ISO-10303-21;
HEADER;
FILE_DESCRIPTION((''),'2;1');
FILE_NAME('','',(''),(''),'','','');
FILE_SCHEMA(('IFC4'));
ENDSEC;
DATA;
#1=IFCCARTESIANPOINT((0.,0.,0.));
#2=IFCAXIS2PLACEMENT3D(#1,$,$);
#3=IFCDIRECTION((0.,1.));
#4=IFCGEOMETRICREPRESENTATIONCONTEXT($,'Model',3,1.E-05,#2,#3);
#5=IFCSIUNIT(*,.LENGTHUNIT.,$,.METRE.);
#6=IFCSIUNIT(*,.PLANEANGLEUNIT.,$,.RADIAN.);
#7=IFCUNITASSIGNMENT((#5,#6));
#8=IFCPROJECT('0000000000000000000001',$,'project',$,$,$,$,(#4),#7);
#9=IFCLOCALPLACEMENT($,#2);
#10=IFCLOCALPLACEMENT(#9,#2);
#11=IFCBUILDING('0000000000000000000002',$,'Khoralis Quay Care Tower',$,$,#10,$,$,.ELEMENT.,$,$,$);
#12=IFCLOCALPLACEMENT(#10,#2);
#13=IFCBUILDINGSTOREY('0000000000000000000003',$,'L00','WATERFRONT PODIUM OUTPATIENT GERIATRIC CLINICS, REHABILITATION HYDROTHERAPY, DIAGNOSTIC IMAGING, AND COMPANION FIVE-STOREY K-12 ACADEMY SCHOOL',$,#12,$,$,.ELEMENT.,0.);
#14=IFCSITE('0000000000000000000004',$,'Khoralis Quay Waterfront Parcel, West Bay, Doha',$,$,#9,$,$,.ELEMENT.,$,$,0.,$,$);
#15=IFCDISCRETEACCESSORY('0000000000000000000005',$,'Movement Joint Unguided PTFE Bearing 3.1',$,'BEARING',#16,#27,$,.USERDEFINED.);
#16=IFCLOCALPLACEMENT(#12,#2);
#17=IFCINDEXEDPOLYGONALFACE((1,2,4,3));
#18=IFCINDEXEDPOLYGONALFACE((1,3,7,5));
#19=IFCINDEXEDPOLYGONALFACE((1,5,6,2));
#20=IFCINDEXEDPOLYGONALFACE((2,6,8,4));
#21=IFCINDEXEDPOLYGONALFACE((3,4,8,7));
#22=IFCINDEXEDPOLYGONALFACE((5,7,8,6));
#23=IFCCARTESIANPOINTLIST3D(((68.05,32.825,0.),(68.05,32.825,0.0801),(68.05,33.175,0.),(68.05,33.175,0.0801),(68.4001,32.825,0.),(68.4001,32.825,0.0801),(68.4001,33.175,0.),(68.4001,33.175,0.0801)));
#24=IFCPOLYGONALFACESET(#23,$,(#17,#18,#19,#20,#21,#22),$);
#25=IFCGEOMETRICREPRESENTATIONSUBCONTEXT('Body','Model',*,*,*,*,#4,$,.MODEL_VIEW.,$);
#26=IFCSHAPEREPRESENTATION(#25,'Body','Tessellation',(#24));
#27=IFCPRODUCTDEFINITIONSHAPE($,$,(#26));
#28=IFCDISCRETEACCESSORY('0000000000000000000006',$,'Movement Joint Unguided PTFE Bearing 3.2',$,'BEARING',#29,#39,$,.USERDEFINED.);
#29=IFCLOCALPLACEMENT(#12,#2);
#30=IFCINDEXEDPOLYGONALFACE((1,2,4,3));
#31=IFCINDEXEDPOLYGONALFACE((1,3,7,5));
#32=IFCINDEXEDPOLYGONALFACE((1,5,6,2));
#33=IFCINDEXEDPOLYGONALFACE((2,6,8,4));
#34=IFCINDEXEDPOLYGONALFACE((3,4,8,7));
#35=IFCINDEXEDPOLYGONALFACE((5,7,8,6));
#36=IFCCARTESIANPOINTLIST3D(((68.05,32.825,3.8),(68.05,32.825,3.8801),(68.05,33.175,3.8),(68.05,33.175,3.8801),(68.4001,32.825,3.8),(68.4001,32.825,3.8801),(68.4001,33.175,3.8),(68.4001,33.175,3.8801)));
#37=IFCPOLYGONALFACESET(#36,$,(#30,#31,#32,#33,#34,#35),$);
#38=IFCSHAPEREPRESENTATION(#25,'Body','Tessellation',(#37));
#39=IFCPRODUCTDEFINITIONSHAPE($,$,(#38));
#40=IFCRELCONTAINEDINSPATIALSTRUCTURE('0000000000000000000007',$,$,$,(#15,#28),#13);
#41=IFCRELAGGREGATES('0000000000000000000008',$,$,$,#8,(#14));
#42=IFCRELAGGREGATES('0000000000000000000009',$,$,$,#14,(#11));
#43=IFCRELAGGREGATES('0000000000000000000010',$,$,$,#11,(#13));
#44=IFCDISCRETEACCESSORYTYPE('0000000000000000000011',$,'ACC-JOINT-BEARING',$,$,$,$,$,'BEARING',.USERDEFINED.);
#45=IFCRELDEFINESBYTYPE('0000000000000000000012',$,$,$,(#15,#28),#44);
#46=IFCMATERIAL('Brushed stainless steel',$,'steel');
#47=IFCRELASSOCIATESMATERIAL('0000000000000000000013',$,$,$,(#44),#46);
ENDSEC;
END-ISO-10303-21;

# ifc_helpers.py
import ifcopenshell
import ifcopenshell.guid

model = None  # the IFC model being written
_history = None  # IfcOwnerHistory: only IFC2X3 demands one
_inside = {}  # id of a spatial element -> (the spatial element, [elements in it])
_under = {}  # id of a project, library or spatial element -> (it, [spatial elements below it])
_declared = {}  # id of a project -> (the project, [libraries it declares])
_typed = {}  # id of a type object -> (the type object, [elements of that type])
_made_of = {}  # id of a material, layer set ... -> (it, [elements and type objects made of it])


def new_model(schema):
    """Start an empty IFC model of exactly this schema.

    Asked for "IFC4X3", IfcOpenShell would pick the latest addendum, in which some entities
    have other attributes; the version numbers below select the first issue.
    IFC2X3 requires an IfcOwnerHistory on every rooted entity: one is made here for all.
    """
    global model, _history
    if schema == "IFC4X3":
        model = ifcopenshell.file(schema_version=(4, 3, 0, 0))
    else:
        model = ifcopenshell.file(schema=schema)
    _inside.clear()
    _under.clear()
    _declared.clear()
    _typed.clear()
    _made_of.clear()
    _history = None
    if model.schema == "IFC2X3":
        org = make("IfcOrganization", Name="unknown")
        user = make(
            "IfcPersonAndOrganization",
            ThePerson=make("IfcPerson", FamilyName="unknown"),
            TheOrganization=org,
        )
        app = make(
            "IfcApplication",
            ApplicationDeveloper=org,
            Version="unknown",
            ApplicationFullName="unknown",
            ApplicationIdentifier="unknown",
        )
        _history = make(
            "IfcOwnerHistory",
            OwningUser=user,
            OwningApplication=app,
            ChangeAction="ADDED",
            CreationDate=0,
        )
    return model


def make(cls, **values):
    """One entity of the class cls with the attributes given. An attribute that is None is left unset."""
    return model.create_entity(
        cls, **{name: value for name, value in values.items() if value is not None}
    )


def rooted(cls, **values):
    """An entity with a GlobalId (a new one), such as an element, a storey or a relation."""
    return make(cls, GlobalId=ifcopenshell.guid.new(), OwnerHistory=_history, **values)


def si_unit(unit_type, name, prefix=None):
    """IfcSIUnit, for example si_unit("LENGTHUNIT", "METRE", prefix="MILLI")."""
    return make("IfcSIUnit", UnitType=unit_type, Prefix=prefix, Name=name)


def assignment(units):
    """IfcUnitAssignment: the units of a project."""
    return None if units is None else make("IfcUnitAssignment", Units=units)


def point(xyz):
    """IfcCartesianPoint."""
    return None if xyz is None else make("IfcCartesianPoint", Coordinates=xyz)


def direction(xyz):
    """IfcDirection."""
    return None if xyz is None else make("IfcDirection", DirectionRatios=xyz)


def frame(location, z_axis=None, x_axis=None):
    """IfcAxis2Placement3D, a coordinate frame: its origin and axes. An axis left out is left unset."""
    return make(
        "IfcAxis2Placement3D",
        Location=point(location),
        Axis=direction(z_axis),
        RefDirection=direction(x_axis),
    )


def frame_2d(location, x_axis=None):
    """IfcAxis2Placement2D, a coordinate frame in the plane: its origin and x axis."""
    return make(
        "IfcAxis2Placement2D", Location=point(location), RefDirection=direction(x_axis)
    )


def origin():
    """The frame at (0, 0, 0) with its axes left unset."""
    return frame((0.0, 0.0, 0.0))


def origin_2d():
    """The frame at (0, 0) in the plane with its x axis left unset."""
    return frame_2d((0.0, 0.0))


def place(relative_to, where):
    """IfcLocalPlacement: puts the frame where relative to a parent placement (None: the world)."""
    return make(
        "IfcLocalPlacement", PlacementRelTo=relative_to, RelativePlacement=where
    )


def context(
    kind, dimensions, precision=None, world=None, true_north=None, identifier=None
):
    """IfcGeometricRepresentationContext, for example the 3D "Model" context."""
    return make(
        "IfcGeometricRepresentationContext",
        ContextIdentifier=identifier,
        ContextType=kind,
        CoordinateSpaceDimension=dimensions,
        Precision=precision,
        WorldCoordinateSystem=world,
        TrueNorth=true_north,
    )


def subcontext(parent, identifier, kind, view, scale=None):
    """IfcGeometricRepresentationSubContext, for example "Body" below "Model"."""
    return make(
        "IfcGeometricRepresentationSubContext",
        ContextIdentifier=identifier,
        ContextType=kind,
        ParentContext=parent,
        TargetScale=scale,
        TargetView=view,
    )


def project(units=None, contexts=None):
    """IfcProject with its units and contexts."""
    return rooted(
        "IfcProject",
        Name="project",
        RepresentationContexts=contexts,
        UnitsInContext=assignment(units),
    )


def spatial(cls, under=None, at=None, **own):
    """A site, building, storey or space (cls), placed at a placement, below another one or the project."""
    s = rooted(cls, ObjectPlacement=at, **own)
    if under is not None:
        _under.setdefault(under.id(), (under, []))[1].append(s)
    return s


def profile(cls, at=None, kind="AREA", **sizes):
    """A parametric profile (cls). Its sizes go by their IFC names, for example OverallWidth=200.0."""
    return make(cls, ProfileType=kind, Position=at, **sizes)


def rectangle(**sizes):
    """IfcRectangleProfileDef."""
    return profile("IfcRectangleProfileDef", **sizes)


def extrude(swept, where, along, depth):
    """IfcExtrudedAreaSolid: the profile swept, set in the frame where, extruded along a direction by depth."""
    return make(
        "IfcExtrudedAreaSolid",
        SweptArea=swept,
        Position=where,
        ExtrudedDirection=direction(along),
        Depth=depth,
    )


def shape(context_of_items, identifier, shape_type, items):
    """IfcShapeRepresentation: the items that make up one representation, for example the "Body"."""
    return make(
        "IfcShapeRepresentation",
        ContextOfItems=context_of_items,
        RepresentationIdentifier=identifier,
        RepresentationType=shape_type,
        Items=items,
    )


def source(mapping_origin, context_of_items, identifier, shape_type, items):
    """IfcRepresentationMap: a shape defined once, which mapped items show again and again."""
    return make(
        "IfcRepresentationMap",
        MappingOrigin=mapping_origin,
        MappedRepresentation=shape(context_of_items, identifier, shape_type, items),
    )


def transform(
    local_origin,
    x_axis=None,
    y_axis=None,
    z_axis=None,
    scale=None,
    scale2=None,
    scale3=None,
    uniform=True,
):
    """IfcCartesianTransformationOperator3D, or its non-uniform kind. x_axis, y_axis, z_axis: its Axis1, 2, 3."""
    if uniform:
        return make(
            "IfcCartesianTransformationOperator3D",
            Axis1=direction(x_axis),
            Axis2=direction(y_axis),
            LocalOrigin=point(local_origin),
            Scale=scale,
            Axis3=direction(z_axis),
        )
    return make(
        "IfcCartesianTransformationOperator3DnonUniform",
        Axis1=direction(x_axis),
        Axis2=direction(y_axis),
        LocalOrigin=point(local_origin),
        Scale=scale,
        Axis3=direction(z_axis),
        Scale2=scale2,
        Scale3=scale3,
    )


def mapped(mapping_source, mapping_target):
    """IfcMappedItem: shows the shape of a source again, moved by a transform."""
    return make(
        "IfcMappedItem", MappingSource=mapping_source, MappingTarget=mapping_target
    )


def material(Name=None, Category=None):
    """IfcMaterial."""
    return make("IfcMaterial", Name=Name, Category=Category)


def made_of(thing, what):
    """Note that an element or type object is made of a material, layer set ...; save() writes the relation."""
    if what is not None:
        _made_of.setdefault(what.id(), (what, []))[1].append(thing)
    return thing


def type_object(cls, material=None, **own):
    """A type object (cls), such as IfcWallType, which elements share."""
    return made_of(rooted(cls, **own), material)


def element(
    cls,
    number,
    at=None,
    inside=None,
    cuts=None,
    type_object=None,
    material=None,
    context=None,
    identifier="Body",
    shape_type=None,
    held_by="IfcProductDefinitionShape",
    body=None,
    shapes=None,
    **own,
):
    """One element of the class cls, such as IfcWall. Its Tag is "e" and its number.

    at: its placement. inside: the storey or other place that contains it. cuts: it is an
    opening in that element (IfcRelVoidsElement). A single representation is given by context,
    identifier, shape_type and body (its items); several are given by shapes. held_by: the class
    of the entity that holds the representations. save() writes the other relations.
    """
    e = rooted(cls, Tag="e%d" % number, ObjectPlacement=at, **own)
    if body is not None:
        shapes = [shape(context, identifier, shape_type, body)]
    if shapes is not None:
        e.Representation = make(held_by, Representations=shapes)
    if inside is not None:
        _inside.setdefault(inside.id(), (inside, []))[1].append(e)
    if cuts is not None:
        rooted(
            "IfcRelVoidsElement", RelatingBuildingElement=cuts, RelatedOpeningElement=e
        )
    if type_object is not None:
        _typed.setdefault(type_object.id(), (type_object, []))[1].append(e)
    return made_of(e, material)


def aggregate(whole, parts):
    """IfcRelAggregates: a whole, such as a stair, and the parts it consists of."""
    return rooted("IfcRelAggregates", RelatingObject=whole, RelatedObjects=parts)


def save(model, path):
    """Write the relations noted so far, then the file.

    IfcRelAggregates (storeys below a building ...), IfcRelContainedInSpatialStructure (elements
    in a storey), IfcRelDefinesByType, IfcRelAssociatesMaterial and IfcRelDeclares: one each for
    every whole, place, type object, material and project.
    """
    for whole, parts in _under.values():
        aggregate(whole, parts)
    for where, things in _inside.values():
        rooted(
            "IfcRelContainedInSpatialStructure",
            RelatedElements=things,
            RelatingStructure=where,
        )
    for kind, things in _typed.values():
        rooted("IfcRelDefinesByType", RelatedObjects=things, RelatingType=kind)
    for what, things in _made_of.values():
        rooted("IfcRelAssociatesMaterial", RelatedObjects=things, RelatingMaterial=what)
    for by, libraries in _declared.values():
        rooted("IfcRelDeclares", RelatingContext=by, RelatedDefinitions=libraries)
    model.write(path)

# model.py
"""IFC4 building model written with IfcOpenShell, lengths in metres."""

from ifc_helpers import new_model, si_unit, direction, frame, origin, origin_2d, place, context, subcontext, project, spatial, rectangle, extrude, source, transform, mapped, material, type_object, element, save


model = new_model("IFC4")

# Units and contexts
model_context = context("Model", 3, precision=1e-05, world=origin(), true_north=direction((0.0, 1.0)))
body_context = subcontext(model_context, "Body", "Model", "MODEL_VIEW")
ifc_project = project(units=[si_unit("LENGTHUNIT", "METRE"), si_unit("PLANEANGLEUNIT", "RADIAN")], contexts=[model_context])

# Site, building, storey
site_placement = place(None, origin())
site = spatial("IfcSite", under=ifc_project, at=site_placement, Name="Khoralis Quay Waterfront Parcel, West Bay, Doha", CompositionType="ELEMENT", RefElevation=0.0)
building_placement = place(site_placement, origin())
building = spatial("IfcBuilding", under=site, at=building_placement, Name="Khoralis Quay Care Tower", CompositionType="ELEMENT")
storey_placement = place(building_placement, origin())
storey = spatial("IfcBuildingStorey", under=building, at=storey_placement, Name="L00", Description="WATERFRONT PODIUM OUTPATIENT GERIATRIC CLINICS, REHABILITATION HYDROTHERAPY, DIAGNOSTIC IMAGING, AND COMPANION FIVE-STOREY K-12 ACADEMY SCHOOL", CompositionType="ELEMENT", Elevation=0.0)

# Discrete accessories
ifc_material_1 = material(Name="Brushed stainless steel", Category="steel")
discrete_accessory_type = type_object("IfcDiscreteAccessoryType", Name="ACC-JOINT-BEARING", ElementType="BEARING", PredefinedType="USERDEFINED", material=ifc_material_1)
shared_shape_1 = source(origin(), body_context, "Body", "SweptSolid", [
    extrude(rectangle(XDim=0.3501, YDim=0.3501, at=origin_2d()), origin(), (0.0, 0.0, 1.0), 0.0801),
])
for number, where, z_axis, x_axis, name in (
    (1, (68.2251, 33.0, 0.0), (0.0, 0.0, 1.0), (1.0, 0.0, 0.0), "Movement Joint Unguided PTFE Bearing 3.1"),
    (2, (68.2251, 33.0, 3.8), (0.0, 0.0, 1.0), (1.0, 0.0, 0.0), "Movement Joint Unguided PTFE Bearing 3.2"),
):
    element("IfcDiscreteAccessory", number, at=place(storey_placement, frame(where, z_axis=z_axis, x_axis=x_axis)), inside=storey, type_object=discrete_accessory_type, Name=name, ObjectType="BEARING", PredefinedType="USERDEFINED", context=body_context, shape_type="MappedRepresentation", body=[
        mapped(shared_shape_1, transform((0.0, 0.0, 0.0), scale=1.0)),
    ])

save(model, "model.ifc")
